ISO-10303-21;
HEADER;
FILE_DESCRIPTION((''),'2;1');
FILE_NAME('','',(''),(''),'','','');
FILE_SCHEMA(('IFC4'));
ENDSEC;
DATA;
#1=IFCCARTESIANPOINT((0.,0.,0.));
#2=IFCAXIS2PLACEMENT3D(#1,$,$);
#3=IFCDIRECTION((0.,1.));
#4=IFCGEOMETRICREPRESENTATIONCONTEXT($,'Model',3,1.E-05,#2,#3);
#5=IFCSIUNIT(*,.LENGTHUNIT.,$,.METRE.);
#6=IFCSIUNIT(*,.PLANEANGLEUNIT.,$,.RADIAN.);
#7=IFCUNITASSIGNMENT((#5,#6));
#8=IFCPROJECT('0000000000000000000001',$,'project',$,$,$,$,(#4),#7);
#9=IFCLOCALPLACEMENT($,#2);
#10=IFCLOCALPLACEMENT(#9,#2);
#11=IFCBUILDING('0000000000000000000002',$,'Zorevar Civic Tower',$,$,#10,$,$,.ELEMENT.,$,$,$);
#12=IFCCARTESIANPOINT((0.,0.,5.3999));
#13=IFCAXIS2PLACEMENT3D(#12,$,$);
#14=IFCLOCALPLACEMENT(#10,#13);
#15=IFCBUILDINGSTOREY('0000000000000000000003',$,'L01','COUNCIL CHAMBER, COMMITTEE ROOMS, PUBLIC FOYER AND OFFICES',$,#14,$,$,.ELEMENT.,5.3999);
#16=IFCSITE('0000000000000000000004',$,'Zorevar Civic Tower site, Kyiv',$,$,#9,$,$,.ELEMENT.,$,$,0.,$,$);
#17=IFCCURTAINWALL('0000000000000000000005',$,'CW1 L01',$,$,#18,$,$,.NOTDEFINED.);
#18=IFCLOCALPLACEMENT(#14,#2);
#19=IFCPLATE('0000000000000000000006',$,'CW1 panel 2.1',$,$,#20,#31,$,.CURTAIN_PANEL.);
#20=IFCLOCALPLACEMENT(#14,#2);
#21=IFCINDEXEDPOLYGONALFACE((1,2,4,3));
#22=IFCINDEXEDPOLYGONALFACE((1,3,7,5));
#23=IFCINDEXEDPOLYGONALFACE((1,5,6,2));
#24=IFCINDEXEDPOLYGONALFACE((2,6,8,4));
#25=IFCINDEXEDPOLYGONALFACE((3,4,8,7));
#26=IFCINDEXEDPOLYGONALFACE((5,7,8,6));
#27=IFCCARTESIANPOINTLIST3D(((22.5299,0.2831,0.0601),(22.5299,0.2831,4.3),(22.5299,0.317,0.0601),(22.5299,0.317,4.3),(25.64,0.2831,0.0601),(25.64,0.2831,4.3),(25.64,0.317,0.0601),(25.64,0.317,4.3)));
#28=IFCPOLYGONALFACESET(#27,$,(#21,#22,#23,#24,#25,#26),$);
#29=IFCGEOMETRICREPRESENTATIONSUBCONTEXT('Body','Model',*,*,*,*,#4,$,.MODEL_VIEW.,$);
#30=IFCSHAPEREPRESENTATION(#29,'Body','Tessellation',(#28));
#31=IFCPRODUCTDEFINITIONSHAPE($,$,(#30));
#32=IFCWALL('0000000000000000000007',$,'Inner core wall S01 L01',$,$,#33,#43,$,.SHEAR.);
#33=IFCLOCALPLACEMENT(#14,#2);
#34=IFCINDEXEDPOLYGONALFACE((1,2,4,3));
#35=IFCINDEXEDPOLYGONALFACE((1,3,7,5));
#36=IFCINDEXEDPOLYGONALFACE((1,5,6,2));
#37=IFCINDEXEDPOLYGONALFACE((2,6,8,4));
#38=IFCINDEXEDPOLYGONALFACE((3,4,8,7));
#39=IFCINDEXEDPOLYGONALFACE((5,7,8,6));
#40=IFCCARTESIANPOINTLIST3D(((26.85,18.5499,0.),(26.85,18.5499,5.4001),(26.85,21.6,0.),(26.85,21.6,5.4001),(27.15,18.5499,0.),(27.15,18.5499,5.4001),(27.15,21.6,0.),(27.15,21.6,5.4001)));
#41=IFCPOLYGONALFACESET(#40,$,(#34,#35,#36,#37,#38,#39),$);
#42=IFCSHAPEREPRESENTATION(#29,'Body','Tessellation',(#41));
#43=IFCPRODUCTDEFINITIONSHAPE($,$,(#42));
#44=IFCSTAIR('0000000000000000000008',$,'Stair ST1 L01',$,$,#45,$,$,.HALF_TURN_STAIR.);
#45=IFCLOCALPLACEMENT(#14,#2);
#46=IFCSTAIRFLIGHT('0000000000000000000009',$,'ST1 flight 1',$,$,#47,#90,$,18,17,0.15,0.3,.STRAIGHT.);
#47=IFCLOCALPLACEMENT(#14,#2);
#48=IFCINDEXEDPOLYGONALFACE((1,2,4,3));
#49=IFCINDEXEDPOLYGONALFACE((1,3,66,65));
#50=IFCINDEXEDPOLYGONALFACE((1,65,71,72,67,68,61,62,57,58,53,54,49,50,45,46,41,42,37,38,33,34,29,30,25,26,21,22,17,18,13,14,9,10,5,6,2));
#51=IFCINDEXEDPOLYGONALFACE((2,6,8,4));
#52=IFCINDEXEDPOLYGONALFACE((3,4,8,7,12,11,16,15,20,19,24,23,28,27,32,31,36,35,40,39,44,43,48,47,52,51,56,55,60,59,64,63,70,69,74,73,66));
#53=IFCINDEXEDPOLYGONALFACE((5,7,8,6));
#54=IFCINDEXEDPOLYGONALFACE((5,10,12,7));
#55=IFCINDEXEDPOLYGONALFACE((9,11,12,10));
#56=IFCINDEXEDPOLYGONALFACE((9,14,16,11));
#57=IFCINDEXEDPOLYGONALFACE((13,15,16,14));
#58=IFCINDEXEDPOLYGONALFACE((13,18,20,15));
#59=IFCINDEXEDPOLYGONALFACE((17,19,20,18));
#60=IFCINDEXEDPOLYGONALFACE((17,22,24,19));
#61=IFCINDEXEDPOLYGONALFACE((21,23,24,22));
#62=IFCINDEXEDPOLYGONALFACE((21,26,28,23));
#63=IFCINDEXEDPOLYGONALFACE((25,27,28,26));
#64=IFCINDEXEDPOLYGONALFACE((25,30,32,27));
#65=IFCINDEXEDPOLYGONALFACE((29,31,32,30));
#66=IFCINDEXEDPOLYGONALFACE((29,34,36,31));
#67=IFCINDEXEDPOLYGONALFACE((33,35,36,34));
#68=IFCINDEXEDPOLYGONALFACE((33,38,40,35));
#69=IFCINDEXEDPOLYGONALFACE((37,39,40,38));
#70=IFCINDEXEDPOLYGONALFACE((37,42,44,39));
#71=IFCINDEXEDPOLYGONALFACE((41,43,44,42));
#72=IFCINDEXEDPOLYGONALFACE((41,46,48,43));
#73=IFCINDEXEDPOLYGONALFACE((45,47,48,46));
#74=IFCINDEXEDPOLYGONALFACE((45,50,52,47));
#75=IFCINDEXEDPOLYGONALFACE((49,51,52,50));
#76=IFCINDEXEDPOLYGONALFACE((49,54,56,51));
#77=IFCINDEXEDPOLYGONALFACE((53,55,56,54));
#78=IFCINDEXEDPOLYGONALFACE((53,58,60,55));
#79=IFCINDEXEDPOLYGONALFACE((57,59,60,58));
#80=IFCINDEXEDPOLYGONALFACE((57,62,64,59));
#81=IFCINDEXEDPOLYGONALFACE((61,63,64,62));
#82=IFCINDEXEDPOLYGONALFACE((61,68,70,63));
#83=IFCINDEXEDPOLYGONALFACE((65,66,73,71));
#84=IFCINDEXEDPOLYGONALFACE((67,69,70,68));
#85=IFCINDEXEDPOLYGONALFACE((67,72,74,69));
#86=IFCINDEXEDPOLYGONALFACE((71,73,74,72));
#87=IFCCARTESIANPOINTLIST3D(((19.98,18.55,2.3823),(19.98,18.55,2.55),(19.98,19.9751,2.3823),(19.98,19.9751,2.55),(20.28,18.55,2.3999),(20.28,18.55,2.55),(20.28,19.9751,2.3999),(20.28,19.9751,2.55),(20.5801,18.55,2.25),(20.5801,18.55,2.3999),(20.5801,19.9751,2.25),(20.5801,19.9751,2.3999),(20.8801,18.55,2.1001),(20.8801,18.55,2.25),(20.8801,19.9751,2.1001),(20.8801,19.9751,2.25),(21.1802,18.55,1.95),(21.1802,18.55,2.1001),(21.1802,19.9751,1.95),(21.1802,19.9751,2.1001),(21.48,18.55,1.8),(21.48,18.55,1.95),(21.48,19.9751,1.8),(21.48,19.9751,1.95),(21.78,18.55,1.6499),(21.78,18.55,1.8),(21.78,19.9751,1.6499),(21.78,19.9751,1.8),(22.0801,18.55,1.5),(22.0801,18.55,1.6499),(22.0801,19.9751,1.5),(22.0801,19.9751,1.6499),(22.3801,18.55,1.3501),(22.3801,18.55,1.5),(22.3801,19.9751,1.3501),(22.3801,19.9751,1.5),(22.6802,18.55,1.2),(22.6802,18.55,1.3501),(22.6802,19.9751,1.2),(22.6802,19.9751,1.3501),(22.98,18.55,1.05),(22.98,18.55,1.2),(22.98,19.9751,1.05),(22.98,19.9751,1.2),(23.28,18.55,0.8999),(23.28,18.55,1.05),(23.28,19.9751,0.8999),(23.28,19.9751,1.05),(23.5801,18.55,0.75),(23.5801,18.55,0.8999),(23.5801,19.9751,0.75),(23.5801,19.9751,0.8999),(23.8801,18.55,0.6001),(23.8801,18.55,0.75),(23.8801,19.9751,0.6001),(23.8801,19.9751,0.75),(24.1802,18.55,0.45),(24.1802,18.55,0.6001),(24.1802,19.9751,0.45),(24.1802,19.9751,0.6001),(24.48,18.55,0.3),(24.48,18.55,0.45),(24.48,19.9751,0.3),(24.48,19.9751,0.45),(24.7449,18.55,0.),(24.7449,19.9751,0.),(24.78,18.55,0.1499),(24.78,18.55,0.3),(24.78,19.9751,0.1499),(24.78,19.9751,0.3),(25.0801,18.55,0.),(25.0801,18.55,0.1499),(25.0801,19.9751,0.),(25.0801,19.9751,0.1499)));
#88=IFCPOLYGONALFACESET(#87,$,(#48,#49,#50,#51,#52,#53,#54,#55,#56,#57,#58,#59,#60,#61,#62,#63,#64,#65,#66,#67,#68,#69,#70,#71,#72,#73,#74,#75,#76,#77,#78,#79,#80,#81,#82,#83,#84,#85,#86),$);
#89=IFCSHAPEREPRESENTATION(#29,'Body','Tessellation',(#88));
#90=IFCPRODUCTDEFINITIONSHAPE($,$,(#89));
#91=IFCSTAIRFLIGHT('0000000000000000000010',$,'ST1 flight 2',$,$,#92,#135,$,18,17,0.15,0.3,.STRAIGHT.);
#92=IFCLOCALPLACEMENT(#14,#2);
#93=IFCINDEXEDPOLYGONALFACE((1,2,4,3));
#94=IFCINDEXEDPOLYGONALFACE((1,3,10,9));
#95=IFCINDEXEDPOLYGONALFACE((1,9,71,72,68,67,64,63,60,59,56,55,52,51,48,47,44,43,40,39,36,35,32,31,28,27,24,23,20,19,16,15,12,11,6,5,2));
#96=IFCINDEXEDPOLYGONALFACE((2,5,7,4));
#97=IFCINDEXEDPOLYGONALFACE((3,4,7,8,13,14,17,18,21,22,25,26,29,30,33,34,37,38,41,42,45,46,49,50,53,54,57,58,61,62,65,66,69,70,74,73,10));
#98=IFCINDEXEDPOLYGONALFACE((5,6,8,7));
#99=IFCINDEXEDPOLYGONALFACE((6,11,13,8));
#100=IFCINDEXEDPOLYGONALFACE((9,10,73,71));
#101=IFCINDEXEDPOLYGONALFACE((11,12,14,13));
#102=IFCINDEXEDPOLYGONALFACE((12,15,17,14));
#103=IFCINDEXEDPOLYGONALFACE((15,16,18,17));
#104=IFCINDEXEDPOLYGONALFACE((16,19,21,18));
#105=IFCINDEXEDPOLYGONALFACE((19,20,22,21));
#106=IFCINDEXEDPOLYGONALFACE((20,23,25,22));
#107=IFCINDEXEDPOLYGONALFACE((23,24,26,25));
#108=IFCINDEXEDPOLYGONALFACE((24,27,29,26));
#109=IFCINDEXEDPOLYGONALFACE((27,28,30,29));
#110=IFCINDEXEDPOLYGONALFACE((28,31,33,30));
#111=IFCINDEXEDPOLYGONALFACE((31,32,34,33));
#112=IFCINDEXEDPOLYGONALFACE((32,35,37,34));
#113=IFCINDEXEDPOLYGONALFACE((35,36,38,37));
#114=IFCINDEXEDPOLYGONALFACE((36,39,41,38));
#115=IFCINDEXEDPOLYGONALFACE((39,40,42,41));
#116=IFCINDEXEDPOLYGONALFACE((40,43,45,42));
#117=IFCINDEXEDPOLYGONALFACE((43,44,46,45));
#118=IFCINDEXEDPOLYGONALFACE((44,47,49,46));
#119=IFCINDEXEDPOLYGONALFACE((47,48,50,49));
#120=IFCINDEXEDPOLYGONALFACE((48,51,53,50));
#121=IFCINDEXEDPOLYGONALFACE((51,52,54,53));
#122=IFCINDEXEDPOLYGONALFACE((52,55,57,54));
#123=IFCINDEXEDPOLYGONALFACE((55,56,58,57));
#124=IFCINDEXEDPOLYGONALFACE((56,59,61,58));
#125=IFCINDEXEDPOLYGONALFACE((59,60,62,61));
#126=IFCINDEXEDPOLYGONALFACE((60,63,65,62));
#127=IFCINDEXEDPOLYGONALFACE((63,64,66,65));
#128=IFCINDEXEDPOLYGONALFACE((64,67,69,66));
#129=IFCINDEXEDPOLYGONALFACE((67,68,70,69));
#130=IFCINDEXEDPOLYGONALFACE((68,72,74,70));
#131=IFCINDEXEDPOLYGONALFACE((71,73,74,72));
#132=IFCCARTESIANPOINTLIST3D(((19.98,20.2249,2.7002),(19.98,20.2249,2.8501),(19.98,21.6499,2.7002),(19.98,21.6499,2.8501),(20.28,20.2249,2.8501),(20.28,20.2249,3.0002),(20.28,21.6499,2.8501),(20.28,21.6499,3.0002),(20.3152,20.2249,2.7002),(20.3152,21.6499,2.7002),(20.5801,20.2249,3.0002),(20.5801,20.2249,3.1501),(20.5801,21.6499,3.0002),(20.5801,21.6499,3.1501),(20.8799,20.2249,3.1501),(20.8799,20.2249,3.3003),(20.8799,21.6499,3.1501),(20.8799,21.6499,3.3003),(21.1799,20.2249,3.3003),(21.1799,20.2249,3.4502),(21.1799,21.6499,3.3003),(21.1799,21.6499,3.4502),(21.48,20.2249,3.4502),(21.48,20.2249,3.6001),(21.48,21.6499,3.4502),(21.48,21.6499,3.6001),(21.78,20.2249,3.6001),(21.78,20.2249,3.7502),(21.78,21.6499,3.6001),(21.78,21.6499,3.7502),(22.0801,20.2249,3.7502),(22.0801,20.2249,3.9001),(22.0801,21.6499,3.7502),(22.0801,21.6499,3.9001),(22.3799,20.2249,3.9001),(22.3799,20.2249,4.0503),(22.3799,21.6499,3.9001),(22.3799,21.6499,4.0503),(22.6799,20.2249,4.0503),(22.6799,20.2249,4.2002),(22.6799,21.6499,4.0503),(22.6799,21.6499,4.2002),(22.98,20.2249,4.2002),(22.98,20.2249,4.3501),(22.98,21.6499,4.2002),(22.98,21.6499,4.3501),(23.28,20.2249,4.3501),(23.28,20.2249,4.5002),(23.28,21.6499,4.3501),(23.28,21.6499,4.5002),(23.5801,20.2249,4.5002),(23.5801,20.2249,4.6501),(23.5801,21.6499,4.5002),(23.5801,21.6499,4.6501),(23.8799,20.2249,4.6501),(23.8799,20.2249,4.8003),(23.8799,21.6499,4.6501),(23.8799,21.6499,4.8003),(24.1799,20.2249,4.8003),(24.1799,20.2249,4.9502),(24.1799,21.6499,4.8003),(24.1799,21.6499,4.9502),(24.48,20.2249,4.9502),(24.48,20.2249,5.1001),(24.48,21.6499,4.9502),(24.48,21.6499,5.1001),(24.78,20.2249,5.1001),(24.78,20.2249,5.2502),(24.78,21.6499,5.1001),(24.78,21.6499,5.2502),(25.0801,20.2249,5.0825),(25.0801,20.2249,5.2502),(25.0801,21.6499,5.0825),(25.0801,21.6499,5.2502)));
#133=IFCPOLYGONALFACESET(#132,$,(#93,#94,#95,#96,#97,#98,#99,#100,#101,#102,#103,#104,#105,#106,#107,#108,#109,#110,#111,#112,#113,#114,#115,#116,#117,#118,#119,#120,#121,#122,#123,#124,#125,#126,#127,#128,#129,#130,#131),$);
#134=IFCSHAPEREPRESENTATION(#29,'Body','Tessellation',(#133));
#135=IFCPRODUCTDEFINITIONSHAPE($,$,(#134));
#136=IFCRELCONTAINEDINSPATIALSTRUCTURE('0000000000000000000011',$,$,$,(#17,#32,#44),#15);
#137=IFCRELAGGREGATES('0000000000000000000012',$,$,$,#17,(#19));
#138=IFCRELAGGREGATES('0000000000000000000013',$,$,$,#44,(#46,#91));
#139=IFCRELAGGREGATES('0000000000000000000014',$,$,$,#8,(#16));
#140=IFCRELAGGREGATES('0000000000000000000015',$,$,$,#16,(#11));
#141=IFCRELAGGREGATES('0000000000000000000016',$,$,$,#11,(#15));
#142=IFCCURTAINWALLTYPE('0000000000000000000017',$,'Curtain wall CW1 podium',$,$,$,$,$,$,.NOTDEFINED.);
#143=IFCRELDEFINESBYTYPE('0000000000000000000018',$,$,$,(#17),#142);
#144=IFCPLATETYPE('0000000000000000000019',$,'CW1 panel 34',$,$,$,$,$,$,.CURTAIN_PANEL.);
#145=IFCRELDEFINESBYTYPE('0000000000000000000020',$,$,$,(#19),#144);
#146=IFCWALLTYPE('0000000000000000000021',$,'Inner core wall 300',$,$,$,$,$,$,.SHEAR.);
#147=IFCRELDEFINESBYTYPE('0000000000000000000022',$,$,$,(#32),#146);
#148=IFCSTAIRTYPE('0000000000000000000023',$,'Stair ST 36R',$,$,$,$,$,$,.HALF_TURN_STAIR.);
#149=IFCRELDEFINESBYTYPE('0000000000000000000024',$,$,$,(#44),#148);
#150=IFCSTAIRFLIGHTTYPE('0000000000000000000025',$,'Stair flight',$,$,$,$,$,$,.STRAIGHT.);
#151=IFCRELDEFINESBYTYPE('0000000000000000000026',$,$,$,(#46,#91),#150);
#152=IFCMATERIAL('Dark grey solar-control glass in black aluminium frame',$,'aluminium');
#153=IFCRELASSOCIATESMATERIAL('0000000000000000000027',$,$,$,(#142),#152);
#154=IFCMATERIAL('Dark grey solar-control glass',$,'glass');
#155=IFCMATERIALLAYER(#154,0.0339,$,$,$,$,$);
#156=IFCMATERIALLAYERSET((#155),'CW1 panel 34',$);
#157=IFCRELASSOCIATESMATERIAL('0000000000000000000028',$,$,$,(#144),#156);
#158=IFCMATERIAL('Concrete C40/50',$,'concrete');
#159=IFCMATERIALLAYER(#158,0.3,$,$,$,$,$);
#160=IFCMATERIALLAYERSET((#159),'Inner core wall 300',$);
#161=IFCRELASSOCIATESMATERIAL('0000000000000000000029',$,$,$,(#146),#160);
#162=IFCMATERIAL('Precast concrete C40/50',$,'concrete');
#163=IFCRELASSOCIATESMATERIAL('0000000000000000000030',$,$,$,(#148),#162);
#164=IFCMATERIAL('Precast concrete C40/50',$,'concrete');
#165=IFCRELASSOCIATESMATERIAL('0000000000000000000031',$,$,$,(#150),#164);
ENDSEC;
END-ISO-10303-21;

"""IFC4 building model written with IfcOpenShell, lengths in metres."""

from ifc_helpers import new_model, si_unit, direction, frame, frame_2d, origin, origin_2d, place, context, subcontext, project, spatial, polyline, rectangle, outline, extrude, material, layer, layer_set, type_object, element, aggregate, save


model = new_model("IFC4")

# Units and contexts
model_context = context("Model", 3, precision=1e-05, world=origin(), true_north=direction((0.0, 1.0)))
body_context = subcontext(model_context, "Body", "Model", "MODEL_VIEW")
ifc_project = project(units=[si_unit("LENGTHUNIT", "METRE"), si_unit("PLANEANGLEUNIT", "RADIAN")], contexts=[model_context])

# Site, building, storey
site_placement = place(None, origin())
site = spatial("IfcSite", under=ifc_project, at=site_placement, Name="Zorevar Civic Tower site, Kyiv", CompositionType="ELEMENT", RefElevation=0.0)
building_placement = place(site_placement, origin())
building = spatial("IfcBuilding", under=site, at=building_placement, Name="Zorevar Civic Tower", CompositionType="ELEMENT")
storey_placement = place(building_placement, frame((0.0, 0.0, 5.3999)))
storey = spatial("IfcBuildingStorey", under=building, at=storey_placement, Name="L01", Description="COUNCIL CHAMBER, COMMITTEE ROOMS, PUBLIC FOYER AND OFFICES", CompositionType="ELEMENT", Elevation=5.3999)

# Curtain wall
ifc_material_1 = material(Name="Dark grey solar-control glass in black aluminium frame", Category="aluminium")
curtain_wall_type = type_object("IfcCurtainWallType", Name="Curtain wall CW1 podium", PredefinedType="NOTDEFINED", material=ifc_material_1)
curtain_wall_1_placement = place(storey_placement, origin())
curtain_wall_1 = element("IfcCurtainWall", 1, at=curtain_wall_1_placement, inside=storey, type_object=curtain_wall_type, Name="CW1 L01", PredefinedType="NOTDEFINED")

# Plate
ifc_material_2 = material(Name="Dark grey solar-control glass", Category="glass")
ifc_layer_1 = layer(ifc_material_2, 0.0339)
ifc_layer_set_1 = layer_set([ifc_layer_1], Name="CW1 panel 34")
plate_type = type_object("IfcPlateType", Name="CW1 panel 34", PredefinedType="CURTAIN_PANEL", material=ifc_layer_set_1)
plate_1_placement = place(storey_placement, frame((24.085, 0.3, 0.0601), z_axis=(0.0, 0.0, 1.0), x_axis=(1.0, 0.0, 0.0)))
plate_1 = element("IfcPlate", 2, at=plate_1_placement, type_object=plate_type, Name="CW1 panel 2.1", PredefinedType="CURTAIN_PANEL", context=body_context, shape_type="SweptSolid", body=[
    extrude(rectangle(XDim=3.1101, YDim=0.0339, at=origin_2d()), origin(), (0.0, 0.0, 1.0), 4.24),
])
aggregate(curtain_wall_1, [plate_1])

# Wall
ifc_material_3 = material(Name="Concrete C40/50", Category="concrete")
ifc_layer_2 = layer(ifc_material_3, 0.3)
ifc_layer_set_2 = layer_set([ifc_layer_2], Name="Inner core wall 300")
wall_type_1 = type_object("IfcWallType", Name="Inner core wall 300", PredefinedType="SHEAR", material=ifc_layer_set_2)
wall_1_placement = place(storey_placement, frame((27.0, 18.55, 0.0), z_axis=(0.0, 0.0, 1.0), x_axis=(0.0, 1.0, 0.0)))
element("IfcWall", 3, at=wall_1_placement, inside=storey, type_object=wall_type_1, Name="Inner core wall S01 L01", PredefinedType="SHEAR", context=body_context, shape_type="SweptSolid", body=[
    extrude(rectangle(XDim=3.05, YDim=0.3, at=frame_2d((1.5249, 0.0))), origin(), (0.0, 0.0, 1.0), 5.4001),
])

# Stair, stair flights
ifc_material_4 = material(Name="Precast concrete C40/50", Category="concrete")
stair_type = type_object("IfcStairType", Name="Stair ST 36R", PredefinedType="HALF_TURN_STAIR", material=ifc_material_4)
stair_placement = place(storey_placement, origin())
stair = element("IfcStair", 4, at=stair_placement, inside=storey, type_object=stair_type, Name="Stair ST1 L01", PredefinedType="HALF_TURN_STAIR")
ifc_material_5 = material(Name="Precast concrete C40/50", Category="concrete")
stair_flight_type = type_object("IfcStairFlightType", Name="Stair flight", PredefinedType="STRAIGHT", material=ifc_material_5)
stair_flight_1_placement = place(storey_placement, frame((25.0801, 19.2625, 0.0), z_axis=(0.0, 0.0, 1.0), x_axis=(-1.0, 0.0, 0.0)))
stair_flight_1 = element("IfcStairFlight", 5, at=stair_flight_1_placement, type_object=stair_flight_type, Name="ST1 flight 1", NumberOfRisers=18, NumberOfTreads=17, PredefinedType="STRAIGHT", RiserHeight=0.15, TreadLength=0.3, context=body_context, shape_type="SweptSolid", body=[
    extrude(outline(polyline([(0.0, 0.0), (0.0, 0.1499), (0.3, 0.1499), (0.3, 0.3), (0.6001, 0.3), (0.6001, 0.45), (0.8999, 0.45), (0.8999, 0.6001), (1.2, 0.6001), (1.2, 0.75), (1.5, 0.75), (1.5, 0.8999), (1.8, 0.8999), (1.8, 1.05), (2.1001, 1.05), (2.1001, 1.2), (2.3999, 1.2), (2.3999, 1.3501), (2.7, 1.3501), (2.7, 1.5), (3.0, 1.5), (3.0, 1.6499), (3.3, 1.6499), (3.3, 1.8), (3.6001, 1.8), (3.6001, 1.95), (3.8999, 1.95), (3.8999, 2.1001), (4.2, 2.1001), (4.2, 2.25), (4.5, 2.25), (4.5, 2.3999), (4.8, 2.3999), (4.8, 2.55), (5.1001, 2.55), (5.1001, 2.7), (5.1001, 2.3823), (0.3352, 0.0), (0.0, 0.0)])), frame((0.0, 0.7124, 0.0), z_axis=(0.0, -1.0, 0.0), x_axis=(1.0, 0.0, 0.0)), (0.0, 0.0, 1.0), 1.425),
])
stair_flight_2_placement = place(storey_placement, frame((19.98, 20.9375, 2.7002), z_axis=(0.0, 0.0, 1.0), x_axis=(1.0, 0.0, 0.0)))
stair_flight_2 = element("IfcStairFlight", 6, at=stair_flight_2_placement, type_object=stair_flight_type, Name="ST1 flight 2", NumberOfRisers=18, NumberOfTreads=17, PredefinedType="STRAIGHT", RiserHeight=0.15, TreadLength=0.3, context=body_context, shape_type="SweptSolid", body=[
    extrude(outline(polyline([(0.0, 0.0), (0.0, 0.1499), (0.3, 0.1499), (0.3, 0.3), (0.6001, 0.3), (0.6001, 0.45), (0.8999, 0.45), (0.8999, 0.6001), (1.2, 0.6001), (1.2, 0.75), (1.5, 0.75), (1.5, 0.8999), (1.8, 0.8999), (1.8, 1.05), (2.1001, 1.05), (2.1001, 1.2), (2.3999, 1.2), (2.3999, 1.3501), (2.7, 1.3501), (2.7, 1.5), (3.0, 1.5), (3.0, 1.6499), (3.3, 1.6499), (3.3, 1.8), (3.6001, 1.8), (3.6001, 1.95), (3.8999, 1.95), (3.8999, 2.1001), (4.2, 2.1001), (4.2, 2.25), (4.5, 2.25), (4.5, 2.3999), (4.8, 2.3999), (4.8, 2.55), (5.1001, 2.55), (5.1001, 2.7), (5.1001, 2.3823), (0.3352, 0.0), (0.0, 0.0)])), frame((0.0, 0.7124, 0.0), z_axis=(0.0, -1.0, 0.0), x_axis=(1.0, 0.0, 0.0)), (0.0, 0.0, 1.0), 1.425),
])
aggregate(stair, [stair_flight_1, stair_flight_2])

save(model, "model.ifc")
